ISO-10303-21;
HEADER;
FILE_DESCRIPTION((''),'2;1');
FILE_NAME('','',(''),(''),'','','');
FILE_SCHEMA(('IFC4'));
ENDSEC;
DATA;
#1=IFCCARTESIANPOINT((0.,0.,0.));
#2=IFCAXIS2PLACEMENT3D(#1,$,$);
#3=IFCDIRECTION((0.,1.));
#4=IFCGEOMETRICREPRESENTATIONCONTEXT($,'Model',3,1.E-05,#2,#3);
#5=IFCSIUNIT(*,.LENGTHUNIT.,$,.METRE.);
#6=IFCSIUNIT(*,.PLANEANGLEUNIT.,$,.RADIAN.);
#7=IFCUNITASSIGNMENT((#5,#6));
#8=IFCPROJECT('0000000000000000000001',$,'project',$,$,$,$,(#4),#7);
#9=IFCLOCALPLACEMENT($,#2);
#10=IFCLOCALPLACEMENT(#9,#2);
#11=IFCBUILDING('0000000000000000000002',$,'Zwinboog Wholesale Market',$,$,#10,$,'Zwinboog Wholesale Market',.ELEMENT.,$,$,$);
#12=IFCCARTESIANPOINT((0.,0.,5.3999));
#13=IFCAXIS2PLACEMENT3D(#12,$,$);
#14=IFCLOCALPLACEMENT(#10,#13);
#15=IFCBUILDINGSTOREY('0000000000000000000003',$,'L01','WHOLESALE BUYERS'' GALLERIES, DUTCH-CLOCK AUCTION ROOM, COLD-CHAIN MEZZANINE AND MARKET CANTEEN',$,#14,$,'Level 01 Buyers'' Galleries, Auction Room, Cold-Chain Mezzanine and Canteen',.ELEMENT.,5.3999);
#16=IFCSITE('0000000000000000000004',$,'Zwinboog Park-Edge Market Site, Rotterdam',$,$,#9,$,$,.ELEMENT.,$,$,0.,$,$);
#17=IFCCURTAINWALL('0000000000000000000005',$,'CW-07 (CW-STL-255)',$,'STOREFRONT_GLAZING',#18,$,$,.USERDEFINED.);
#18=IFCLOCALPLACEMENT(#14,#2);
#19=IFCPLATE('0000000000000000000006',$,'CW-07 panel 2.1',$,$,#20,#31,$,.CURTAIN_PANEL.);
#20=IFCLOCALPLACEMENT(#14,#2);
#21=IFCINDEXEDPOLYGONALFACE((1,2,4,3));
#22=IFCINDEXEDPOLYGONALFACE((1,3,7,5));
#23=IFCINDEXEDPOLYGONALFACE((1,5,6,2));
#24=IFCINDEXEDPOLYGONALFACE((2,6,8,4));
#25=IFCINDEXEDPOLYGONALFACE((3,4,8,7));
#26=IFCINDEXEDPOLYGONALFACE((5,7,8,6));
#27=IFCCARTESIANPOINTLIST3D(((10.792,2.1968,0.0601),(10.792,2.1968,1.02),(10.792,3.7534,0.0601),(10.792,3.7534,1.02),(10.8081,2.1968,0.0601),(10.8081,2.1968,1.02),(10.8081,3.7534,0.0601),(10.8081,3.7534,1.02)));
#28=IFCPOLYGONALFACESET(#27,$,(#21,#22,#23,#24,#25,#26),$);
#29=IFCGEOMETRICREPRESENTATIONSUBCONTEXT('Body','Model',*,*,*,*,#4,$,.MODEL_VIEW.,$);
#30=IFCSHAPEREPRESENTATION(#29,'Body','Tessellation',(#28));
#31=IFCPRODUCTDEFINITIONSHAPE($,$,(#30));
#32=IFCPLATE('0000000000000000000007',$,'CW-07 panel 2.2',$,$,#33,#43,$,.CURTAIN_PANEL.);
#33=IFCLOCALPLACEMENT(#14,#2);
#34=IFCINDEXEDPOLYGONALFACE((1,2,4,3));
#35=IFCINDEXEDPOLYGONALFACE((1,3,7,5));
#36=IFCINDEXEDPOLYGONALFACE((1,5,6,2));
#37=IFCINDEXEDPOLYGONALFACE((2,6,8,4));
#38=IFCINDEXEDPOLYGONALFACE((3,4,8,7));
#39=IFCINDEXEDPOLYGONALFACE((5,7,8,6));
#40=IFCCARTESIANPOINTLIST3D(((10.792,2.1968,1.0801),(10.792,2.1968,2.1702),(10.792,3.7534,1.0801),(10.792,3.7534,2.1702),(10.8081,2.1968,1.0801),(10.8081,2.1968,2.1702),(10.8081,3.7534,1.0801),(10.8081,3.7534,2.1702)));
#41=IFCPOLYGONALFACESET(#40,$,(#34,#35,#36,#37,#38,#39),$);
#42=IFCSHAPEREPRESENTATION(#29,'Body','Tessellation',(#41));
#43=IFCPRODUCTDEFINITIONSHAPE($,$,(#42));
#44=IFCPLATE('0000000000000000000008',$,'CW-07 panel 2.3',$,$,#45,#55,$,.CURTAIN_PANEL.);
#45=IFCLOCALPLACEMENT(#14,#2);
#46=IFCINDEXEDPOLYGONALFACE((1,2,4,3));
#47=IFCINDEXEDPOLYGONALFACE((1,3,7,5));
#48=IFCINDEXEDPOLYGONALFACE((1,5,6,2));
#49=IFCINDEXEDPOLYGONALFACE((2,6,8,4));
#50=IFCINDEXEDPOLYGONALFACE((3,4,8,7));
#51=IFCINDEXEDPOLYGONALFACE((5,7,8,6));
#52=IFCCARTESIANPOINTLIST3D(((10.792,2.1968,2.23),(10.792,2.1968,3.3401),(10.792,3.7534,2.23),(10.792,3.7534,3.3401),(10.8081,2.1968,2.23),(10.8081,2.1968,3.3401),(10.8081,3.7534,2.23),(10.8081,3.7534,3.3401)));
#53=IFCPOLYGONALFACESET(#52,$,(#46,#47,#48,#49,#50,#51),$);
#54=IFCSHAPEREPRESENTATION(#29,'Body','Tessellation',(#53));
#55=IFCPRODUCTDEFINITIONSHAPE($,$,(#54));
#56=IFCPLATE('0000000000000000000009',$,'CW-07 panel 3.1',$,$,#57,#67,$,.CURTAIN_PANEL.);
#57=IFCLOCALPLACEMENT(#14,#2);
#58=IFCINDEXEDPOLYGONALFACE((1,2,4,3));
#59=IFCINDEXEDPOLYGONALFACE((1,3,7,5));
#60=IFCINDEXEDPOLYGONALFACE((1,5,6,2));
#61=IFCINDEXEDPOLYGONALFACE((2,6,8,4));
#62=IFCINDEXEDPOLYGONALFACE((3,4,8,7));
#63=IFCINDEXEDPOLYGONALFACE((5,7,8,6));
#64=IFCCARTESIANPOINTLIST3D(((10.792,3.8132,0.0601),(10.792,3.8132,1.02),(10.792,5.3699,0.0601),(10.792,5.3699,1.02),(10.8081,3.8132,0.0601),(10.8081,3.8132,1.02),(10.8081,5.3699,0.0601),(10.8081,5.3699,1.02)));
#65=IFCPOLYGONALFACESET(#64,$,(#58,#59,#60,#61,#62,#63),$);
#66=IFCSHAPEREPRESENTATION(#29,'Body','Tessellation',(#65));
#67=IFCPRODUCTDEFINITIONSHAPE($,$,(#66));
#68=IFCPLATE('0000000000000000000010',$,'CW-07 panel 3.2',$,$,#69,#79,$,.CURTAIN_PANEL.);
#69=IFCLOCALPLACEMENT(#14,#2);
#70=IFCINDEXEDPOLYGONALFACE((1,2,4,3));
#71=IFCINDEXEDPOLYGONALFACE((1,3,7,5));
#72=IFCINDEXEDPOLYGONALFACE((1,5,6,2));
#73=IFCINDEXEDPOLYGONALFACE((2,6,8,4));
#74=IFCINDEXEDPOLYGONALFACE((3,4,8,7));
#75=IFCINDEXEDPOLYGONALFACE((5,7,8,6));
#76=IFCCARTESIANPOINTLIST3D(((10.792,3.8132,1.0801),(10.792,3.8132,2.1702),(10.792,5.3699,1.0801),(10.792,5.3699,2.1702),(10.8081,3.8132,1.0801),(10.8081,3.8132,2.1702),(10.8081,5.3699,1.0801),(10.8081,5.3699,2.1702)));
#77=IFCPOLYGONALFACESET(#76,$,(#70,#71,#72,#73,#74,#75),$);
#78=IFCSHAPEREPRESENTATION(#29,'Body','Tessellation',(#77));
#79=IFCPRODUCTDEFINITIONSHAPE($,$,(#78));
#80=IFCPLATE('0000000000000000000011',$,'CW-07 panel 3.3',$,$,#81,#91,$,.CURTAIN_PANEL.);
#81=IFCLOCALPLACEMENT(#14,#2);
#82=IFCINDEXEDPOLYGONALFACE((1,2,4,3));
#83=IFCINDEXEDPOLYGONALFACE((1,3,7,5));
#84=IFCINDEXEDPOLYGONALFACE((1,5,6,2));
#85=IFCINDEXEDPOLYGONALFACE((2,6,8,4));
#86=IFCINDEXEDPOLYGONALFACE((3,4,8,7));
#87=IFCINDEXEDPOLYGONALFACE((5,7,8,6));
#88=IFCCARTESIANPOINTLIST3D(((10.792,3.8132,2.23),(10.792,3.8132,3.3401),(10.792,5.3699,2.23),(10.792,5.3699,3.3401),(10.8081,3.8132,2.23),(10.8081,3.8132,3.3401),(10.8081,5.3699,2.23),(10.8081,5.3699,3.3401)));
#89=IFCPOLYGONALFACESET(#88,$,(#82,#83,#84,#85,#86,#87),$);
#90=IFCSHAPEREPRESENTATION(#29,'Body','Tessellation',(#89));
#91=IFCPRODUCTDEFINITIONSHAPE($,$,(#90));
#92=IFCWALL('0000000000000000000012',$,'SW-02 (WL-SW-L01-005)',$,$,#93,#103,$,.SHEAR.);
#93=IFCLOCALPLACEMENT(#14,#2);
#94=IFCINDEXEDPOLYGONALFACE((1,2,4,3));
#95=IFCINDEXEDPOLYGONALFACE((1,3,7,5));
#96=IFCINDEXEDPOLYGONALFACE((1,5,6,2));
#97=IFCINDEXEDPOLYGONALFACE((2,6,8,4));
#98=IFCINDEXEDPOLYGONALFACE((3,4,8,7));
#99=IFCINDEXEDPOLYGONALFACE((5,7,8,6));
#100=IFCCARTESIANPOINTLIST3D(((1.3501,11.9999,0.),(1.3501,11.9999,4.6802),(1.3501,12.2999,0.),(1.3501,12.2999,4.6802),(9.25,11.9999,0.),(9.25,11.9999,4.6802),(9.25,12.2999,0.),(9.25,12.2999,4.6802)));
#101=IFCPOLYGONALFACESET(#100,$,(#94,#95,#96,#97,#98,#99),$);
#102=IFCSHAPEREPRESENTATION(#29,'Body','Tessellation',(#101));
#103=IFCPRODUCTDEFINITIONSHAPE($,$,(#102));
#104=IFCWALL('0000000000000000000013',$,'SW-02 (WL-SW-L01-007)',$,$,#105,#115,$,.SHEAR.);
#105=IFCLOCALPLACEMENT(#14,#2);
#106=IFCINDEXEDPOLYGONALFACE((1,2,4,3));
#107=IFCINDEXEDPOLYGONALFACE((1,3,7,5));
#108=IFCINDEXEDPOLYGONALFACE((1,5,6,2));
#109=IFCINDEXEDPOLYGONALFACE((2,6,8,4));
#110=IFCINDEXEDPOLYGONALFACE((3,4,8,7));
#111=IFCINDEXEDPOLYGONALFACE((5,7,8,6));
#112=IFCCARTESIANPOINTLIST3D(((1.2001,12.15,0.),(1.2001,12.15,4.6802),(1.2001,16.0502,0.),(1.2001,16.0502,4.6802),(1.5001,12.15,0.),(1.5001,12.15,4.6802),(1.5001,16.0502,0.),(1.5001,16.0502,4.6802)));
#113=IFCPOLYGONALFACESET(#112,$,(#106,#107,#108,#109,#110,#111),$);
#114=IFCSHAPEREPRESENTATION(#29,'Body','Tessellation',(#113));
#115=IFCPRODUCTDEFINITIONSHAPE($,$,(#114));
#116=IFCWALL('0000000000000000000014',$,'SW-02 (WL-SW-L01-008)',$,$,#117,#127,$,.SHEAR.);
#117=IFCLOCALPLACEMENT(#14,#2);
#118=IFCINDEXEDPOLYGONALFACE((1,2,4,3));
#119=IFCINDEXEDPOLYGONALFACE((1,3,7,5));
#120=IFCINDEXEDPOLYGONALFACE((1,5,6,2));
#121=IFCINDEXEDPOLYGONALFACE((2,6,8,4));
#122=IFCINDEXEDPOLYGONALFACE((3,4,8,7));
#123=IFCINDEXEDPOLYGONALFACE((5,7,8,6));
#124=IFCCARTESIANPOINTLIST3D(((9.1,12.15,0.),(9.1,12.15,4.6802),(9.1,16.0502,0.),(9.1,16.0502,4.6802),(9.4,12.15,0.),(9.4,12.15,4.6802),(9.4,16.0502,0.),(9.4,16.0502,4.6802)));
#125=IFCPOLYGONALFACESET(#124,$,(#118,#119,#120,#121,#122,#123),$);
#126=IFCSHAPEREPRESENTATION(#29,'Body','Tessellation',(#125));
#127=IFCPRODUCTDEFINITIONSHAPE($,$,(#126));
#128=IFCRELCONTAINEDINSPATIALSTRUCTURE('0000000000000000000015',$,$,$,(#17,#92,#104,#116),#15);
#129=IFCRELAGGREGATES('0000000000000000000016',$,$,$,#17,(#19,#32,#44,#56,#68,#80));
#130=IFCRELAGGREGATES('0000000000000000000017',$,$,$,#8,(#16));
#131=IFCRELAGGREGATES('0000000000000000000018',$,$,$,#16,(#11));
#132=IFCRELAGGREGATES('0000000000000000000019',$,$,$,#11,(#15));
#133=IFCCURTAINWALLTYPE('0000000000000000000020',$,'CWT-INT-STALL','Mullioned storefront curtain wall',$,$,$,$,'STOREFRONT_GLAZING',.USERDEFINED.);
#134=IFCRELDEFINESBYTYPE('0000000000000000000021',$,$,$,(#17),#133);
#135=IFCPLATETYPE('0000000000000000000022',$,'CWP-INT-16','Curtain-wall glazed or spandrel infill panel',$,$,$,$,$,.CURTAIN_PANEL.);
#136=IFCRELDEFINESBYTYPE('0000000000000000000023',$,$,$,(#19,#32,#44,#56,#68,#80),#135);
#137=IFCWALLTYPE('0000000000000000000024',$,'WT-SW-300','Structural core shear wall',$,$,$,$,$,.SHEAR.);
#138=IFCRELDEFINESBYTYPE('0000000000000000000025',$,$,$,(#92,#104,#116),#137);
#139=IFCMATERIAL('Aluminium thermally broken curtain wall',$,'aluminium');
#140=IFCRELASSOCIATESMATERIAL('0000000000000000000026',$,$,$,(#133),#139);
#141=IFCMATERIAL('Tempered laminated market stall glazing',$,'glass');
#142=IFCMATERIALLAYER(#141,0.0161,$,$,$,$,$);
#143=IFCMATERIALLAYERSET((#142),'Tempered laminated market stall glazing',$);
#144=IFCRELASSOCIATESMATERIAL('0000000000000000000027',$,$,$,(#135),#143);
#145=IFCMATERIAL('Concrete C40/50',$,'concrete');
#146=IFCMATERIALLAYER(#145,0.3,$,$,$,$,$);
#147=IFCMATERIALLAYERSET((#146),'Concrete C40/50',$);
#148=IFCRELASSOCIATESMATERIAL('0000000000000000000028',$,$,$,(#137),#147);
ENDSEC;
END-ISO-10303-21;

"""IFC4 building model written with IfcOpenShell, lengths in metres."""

from ifc_helpers import new_model, si_unit, direction, frame, frame_2d, origin, origin_2d, place, context, subcontext, project, spatial, rectangle, extrude, material, layer, layer_set, type_object, element, aggregate, save


model = new_model("IFC4")

# Units and contexts
model_context = context("Model", 3, precision=1e-05, world=origin(), true_north=direction((0.0, 1.0)))
body_context = subcontext(model_context, "Body", "Model", "MODEL_VIEW")
ifc_project = project(units=[si_unit("LENGTHUNIT", "METRE"), si_unit("PLANEANGLEUNIT", "RADIAN")], contexts=[model_context])

# Site, building, storey
site_placement = place(None, origin())
site = spatial("IfcSite", under=ifc_project, at=site_placement, Name="Zwinboog Park-Edge Market Site, Rotterdam", CompositionType="ELEMENT", RefElevation=0.0)
building_placement = place(site_placement, origin())
building = spatial("IfcBuilding", under=site, at=building_placement, Name="Zwinboog Wholesale Market", LongName="Zwinboog Wholesale Market", CompositionType="ELEMENT")
storey_placement = place(building_placement, frame((0.0, 0.0, 5.3999)))
storey = spatial("IfcBuildingStorey", under=building, at=storey_placement, Name="L01", Description="WHOLESALE BUYERS' GALLERIES, DUTCH-CLOCK AUCTION ROOM, COLD-CHAIN MEZZANINE AND MARKET CANTEEN", LongName="Level 01 Buyers' Galleries, Auction Room, Cold-Chain Mezzanine and Canteen", CompositionType="ELEMENT", Elevation=5.3999)

# Shared definitions
ifc_material_1 = material(Name="Aluminium thermally broken curtain wall", Category="aluminium")

# Curtain wall, plates
curtain_wall_type_1 = type_object("IfcCurtainWallType", Name="CWT-INT-STALL", Description="Mullioned storefront curtain wall", ElementType="STOREFRONT_GLAZING", PredefinedType="USERDEFINED", material=ifc_material_1)
curtain_wall_1_placement = place(storey_placement, origin())
curtain_wall_1 = element("IfcCurtainWall", 1, at=curtain_wall_1_placement, inside=storey, type_object=curtain_wall_type_1, Name="CW-07 (CW-STL-255)", ObjectType="STOREFRONT_GLAZING", PredefinedType="USERDEFINED")
ifc_material_2 = material(Name="Tempered laminated market stall glazing", Category="glass")
ifc_layer_1 = layer(ifc_material_2, 0.0161)
ifc_layer_set_1 = layer_set([ifc_layer_1], Name="Tempered laminated market stall glazing")
plate_type = type_object("IfcPlateType", Name="CWP-INT-16", Description="Curtain-wall glazed or spandrel infill panel", PredefinedType="CURTAIN_PANEL", material=ifc_layer_set_1)
plate_1_placement = place(storey_placement, frame((10.8, 2.9751, 0.0601), z_axis=(0.0, 0.0, 1.0), x_axis=(0.0, 1.0, 0.0)))
plate_1 = element("IfcPlate", 2, at=plate_1_placement, type_object=plate_type, Name="CW-07 panel 2.1", PredefinedType="CURTAIN_PANEL", context=body_context, shape_type="SweptSolid", body=[
    extrude(rectangle(XDim=1.5566, YDim=0.0161, at=origin_2d()), origin(), (0.0, 0.0, 1.0), 0.96),
])
plate_2_placement = place(storey_placement, frame((10.8, 2.9751, 1.0801), z_axis=(0.0, 0.0, 1.0), x_axis=(0.0, 1.0, 0.0)))
plate_2 = element("IfcPlate", 3, at=plate_2_placement, type_object=plate_type, Name="CW-07 panel 2.2", PredefinedType="CURTAIN_PANEL", context=body_context, shape_type="SweptSolid", body=[
    extrude(rectangle(XDim=1.5566, YDim=0.0161, at=origin_2d()), origin(), (0.0, 0.0, 1.0), 1.0901),
])
plate_3_placement = place(storey_placement, frame((10.8, 2.9751, 2.23), z_axis=(0.0, 0.0, 1.0), x_axis=(0.0, 1.0, 0.0)))
plate_3 = element("IfcPlate", 4, at=plate_3_placement, type_object=plate_type, Name="CW-07 panel 2.3", PredefinedType="CURTAIN_PANEL", context=body_context, shape_type="SweptSolid", body=[
    extrude(rectangle(XDim=1.5566, YDim=0.0161, at=origin_2d()), origin(), (0.0, 0.0, 1.0), 1.1101),
])
plate_4_placement = place(storey_placement, frame((10.8, 4.5916, 0.0601), z_axis=(0.0, 0.0, 1.0), x_axis=(0.0, 1.0, 0.0)))
plate_4 = element("IfcPlate", 5, at=plate_4_placement, type_object=plate_type, Name="CW-07 panel 3.1", PredefinedType="CURTAIN_PANEL", context=body_context, shape_type="SweptSolid", body=[
    extrude(rectangle(XDim=1.5566, YDim=0.0161, at=origin_2d()), origin(), (0.0, 0.0, 1.0), 0.96),
])
plate_5_placement = place(storey_placement, frame((10.8, 4.5916, 1.0801), z_axis=(0.0, 0.0, 1.0), x_axis=(0.0, 1.0, 0.0)))
plate_5 = element("IfcPlate", 6, at=plate_5_placement, type_object=plate_type, Name="CW-07 panel 3.2", PredefinedType="CURTAIN_PANEL", context=body_context, shape_type="SweptSolid", body=[
    extrude(rectangle(XDim=1.5566, YDim=0.0161, at=origin_2d()), origin(), (0.0, 0.0, 1.0), 1.0901),
])
plate_6_placement = place(storey_placement, frame((10.8, 4.5916, 2.23), z_axis=(0.0, 0.0, 1.0), x_axis=(0.0, 1.0, 0.0)))
plate_6 = element("IfcPlate", 7, at=plate_6_placement, type_object=plate_type, Name="CW-07 panel 3.3", PredefinedType="CURTAIN_PANEL", context=body_context, shape_type="SweptSolid", body=[
    extrude(rectangle(XDim=1.5566, YDim=0.0161, at=origin_2d()), origin(), (0.0, 0.0, 1.0), 1.1101),
])
aggregate(curtain_wall_1, [plate_1, plate_2, plate_3, plate_4, plate_5, plate_6])

# Walls
ifc_material_3 = material(Name="Concrete C40/50", Category="concrete")
ifc_layer_2 = layer(ifc_material_3, 0.3)
ifc_layer_set_2 = layer_set([ifc_layer_2], Name="Concrete C40/50")
wall_type = type_object("IfcWallType", Name="WT-SW-300", Description="Structural core shear wall", PredefinedType="SHEAR", material=ifc_layer_set_2)
wall_placement = place(storey_placement, frame((1.3501, 12.1499, 0.0), z_axis=(0.0, 0.0, 1.0), x_axis=(1.0, 0.0, 0.0)))
element("IfcWall", 8, at=wall_placement, inside=storey, type_object=wall_type, Name="SW-02 (WL-SW-L01-005)", PredefinedType="SHEAR", context=body_context, shape_type="SweptSolid", body=[
    extrude(rectangle(XDim=7.8999, YDim=0.3, at=frame_2d((3.95, 0.0))), origin(), (0.0, 0.0, 1.0), 4.6802),
])
for number, where, z_axis, x_axis, name in (
    (9, (1.3501, 12.1499, 0.0), (0.0, 0.0, 1.0), (0.0, 1.0, 0.0), "SW-02 (WL-SW-L01-007)"),
    (10, (9.25, 12.1499, 0.0), (0.0, 0.0, 1.0), (0.0, 1.0, 0.0), "SW-02 (WL-SW-L01-008)"),
):
    element("IfcWall", number, at=place(storey_placement, frame(where, z_axis=z_axis, x_axis=x_axis)), inside=storey, type_object=wall_type, Name=name, PredefinedType="SHEAR", context=body_context, shape_type="SweptSolid", body=[
        extrude(rectangle(XDim=3.9001, YDim=0.3, at=frame_2d((1.9502, 0.0))), origin(), (0.0, 0.0, 1.0), 4.6802),
    ])

save(model, "model.ifc")
